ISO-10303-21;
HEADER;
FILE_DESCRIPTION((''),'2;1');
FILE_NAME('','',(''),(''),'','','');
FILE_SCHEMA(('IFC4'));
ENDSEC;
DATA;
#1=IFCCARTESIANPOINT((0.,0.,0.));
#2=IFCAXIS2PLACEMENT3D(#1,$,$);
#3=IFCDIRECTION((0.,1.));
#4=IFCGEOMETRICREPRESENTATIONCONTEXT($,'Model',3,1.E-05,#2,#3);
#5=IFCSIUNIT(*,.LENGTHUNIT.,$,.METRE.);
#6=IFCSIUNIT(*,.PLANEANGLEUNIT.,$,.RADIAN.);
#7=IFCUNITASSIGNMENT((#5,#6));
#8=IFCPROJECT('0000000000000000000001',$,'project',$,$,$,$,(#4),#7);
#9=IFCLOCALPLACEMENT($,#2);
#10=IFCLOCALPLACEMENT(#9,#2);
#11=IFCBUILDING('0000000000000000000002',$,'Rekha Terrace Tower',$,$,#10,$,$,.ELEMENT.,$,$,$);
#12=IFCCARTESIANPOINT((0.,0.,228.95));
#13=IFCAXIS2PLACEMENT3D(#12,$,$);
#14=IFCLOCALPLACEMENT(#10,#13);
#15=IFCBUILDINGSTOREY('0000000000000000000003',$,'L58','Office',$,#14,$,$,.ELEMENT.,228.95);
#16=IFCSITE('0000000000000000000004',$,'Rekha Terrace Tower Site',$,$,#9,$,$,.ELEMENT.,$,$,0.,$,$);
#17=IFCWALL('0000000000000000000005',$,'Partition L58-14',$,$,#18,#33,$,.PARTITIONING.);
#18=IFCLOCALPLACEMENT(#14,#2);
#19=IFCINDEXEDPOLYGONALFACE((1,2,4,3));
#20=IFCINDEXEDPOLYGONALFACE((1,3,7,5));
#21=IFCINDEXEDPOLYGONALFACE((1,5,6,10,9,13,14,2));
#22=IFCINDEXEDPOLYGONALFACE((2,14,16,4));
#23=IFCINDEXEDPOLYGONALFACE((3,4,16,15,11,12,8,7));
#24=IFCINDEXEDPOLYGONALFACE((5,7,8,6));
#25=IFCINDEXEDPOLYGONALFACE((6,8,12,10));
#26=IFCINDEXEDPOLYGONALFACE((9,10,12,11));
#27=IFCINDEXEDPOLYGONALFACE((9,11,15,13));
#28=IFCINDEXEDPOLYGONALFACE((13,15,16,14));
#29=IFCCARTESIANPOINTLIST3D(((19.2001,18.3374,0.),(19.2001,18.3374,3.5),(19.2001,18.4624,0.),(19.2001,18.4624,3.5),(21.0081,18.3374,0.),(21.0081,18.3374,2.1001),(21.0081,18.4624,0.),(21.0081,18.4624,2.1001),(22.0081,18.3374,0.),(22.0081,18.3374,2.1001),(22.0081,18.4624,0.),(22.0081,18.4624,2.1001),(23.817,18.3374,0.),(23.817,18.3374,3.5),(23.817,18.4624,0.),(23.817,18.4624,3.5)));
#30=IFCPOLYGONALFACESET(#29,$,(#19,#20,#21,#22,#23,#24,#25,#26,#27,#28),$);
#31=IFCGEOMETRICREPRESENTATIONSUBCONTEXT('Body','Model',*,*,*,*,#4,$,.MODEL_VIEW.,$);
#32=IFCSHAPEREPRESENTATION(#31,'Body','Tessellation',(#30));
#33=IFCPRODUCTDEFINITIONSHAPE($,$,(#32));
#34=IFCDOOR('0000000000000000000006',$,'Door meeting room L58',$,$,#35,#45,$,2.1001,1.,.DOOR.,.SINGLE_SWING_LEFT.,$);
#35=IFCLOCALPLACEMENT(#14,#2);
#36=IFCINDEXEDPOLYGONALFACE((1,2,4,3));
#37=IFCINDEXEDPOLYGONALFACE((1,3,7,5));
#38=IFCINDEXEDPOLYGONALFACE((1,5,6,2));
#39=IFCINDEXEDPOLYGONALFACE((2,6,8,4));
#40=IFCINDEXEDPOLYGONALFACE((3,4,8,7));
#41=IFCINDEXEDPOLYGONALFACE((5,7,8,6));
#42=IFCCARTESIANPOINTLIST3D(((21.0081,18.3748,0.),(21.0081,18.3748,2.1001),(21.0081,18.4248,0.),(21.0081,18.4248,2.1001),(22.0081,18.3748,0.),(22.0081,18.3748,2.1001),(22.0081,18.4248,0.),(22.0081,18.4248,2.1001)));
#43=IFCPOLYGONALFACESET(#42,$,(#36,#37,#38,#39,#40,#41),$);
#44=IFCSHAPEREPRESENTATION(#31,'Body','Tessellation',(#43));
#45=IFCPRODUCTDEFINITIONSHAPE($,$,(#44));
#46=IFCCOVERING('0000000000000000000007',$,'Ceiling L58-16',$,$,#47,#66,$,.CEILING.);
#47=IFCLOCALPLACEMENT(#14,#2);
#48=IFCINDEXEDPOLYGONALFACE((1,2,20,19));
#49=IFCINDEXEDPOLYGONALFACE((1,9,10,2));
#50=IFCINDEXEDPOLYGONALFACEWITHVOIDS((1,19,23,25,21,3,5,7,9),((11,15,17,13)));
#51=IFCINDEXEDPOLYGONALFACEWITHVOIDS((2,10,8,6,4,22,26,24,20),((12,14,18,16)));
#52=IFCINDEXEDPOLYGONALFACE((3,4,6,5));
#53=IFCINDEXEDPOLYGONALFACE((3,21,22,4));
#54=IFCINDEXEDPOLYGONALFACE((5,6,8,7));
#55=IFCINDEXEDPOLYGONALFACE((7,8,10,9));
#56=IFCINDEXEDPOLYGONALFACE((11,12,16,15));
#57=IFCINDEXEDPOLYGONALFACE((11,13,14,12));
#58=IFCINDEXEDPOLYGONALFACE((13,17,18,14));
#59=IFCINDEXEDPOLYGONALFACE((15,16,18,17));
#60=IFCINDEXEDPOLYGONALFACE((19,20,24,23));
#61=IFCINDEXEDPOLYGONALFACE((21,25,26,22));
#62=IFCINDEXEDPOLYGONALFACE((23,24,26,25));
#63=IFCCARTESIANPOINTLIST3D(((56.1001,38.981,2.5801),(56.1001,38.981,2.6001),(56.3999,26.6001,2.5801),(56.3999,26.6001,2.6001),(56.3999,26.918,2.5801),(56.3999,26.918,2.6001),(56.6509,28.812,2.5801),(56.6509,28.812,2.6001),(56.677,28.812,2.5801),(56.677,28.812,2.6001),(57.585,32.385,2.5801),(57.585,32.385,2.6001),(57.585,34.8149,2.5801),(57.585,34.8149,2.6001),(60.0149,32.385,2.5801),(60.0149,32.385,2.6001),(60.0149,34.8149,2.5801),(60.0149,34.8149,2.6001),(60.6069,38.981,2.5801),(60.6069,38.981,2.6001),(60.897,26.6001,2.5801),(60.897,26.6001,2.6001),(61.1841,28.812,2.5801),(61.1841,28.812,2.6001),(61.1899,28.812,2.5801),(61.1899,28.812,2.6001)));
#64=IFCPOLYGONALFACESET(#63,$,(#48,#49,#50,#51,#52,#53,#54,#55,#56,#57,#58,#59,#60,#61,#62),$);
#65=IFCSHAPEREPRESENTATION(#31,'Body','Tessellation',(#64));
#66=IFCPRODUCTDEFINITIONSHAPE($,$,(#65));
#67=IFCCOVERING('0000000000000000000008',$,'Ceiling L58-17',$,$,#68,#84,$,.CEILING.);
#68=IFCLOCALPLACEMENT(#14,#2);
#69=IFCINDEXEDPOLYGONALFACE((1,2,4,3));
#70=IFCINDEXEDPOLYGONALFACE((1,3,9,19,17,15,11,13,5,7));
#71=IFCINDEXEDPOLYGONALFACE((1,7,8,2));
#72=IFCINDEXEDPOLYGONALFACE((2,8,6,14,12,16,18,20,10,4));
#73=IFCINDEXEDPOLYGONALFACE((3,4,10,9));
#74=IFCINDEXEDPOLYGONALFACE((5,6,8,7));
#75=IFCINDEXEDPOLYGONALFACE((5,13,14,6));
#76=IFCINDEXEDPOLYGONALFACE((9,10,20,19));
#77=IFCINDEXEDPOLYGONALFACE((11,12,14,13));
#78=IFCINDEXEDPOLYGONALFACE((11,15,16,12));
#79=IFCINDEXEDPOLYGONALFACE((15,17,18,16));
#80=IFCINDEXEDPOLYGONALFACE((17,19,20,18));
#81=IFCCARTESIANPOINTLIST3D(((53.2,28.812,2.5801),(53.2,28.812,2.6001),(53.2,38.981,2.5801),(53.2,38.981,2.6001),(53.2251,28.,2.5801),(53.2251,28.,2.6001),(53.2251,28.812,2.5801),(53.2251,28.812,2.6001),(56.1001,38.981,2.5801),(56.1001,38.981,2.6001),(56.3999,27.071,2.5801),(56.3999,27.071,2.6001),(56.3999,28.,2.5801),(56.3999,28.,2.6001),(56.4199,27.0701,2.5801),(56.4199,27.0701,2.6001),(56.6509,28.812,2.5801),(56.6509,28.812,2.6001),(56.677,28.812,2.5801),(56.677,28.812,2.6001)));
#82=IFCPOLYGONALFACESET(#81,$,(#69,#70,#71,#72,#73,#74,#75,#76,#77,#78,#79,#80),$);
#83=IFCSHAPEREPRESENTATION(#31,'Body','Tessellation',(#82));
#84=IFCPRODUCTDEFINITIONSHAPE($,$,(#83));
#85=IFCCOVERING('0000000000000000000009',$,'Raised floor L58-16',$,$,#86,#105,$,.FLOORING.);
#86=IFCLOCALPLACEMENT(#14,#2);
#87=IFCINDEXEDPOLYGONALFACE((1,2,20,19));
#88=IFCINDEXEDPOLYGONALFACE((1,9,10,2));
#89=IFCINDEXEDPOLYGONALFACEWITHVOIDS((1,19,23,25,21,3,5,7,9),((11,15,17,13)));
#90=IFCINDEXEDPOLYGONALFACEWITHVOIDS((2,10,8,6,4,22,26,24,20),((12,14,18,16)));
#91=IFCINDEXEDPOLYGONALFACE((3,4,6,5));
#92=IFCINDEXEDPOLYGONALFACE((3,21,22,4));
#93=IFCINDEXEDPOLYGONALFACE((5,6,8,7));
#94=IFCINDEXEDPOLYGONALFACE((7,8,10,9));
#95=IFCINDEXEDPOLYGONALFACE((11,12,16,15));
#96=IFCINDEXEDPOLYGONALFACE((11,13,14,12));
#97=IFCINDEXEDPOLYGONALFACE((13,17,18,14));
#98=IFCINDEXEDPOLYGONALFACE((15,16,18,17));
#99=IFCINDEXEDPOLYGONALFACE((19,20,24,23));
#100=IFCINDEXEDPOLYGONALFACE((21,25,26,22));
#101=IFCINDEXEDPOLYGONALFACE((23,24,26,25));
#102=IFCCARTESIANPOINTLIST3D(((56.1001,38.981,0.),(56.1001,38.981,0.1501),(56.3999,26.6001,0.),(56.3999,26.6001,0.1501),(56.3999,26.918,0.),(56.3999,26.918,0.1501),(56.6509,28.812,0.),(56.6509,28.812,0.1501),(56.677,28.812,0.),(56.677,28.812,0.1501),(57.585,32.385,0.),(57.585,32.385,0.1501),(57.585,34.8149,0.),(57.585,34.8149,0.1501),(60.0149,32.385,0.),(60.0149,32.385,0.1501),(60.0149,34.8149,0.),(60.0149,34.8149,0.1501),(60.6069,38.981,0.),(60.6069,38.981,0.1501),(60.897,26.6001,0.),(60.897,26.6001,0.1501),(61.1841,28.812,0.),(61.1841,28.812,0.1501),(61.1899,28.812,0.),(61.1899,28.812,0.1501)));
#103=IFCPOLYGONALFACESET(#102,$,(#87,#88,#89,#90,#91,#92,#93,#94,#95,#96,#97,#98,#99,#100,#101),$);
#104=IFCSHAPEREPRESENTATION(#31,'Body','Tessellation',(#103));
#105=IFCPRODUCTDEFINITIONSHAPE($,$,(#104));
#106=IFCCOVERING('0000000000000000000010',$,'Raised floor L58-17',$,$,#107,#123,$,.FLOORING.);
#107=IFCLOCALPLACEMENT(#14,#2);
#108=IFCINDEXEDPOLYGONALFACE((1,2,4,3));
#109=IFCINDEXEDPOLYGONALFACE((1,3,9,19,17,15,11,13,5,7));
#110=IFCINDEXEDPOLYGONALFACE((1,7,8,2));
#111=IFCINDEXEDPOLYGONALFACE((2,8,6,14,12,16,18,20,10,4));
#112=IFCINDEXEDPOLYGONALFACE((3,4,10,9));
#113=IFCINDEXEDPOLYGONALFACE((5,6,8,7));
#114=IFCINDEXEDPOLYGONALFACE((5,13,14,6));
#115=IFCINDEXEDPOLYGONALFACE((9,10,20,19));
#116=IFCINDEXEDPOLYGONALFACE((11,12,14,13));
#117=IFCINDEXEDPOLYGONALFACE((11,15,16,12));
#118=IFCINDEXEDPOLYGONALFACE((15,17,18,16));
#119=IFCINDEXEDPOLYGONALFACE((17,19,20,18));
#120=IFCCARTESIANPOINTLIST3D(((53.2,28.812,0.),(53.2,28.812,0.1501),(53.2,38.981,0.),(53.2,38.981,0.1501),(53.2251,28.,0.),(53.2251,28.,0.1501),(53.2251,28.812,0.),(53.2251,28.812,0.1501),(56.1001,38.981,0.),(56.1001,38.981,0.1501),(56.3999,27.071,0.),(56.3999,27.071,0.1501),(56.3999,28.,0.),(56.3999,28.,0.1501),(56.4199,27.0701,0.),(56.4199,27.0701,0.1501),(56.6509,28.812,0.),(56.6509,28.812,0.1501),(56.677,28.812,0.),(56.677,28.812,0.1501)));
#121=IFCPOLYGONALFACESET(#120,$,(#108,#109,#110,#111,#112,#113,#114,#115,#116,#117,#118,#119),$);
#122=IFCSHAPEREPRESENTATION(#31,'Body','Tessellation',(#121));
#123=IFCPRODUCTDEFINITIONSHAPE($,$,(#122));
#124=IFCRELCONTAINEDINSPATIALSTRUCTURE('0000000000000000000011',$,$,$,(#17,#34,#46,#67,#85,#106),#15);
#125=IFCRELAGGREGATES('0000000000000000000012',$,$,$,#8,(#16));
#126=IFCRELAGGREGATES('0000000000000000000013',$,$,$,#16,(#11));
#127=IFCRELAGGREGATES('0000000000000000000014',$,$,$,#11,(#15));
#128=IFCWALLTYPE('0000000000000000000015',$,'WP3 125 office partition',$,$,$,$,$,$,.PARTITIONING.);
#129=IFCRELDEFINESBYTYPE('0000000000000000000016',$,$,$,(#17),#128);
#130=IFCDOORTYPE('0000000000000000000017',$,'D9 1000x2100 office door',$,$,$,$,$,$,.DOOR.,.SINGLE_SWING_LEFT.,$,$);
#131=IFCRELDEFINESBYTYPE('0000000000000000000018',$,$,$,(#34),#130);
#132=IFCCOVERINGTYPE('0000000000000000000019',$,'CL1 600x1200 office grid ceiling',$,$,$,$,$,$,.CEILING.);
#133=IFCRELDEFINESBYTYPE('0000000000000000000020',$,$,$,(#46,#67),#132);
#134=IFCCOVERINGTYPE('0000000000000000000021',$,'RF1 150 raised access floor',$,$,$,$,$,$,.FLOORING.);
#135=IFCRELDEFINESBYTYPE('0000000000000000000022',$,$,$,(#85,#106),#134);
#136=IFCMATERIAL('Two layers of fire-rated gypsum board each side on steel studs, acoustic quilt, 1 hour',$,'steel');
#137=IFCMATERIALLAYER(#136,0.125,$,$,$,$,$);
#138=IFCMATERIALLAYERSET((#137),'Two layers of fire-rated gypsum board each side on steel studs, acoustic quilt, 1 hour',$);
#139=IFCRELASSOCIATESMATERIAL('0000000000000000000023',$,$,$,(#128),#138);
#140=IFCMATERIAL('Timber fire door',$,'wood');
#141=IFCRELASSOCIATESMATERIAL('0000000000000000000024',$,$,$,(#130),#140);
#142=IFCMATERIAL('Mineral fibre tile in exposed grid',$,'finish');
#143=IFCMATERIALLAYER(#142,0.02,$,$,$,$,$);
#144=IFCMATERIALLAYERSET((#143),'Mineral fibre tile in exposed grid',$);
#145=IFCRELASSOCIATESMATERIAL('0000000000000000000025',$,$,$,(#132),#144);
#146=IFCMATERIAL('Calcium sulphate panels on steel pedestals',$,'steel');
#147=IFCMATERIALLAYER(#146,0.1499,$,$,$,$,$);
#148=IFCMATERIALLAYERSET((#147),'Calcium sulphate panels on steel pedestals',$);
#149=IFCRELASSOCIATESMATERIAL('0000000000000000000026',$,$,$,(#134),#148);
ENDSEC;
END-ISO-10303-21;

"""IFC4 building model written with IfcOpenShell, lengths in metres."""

from ifc_helpers import new_model, si_unit, direction, frame, frame_2d, origin, place, context, subcontext, project, spatial, polyline, rectangle, outline, extrude, material, layer, layer_set, type_object, element, fill, save


model = new_model("IFC4")

# Units and contexts
model_context = context("Model", 3, precision=1e-05, world=origin(), true_north=direction((0.0, 1.0)))
body_context = subcontext(model_context, "Body", "Model", "MODEL_VIEW")
ifc_project = project(units=[si_unit("LENGTHUNIT", "METRE"), si_unit("PLANEANGLEUNIT", "RADIAN")], contexts=[model_context])

# Site, building, storey
site_placement = place(None, origin())
site = spatial("IfcSite", under=ifc_project, at=site_placement, Name="Rekha Terrace Tower Site", CompositionType="ELEMENT", RefElevation=0.0)
building_placement = place(site_placement, origin())
building = spatial("IfcBuilding", under=site, at=building_placement, Name="Rekha Terrace Tower", CompositionType="ELEMENT")
storey_placement = place(building_placement, frame((0.0, 0.0, 228.95)))
storey = spatial("IfcBuildingStorey", under=building, at=storey_placement, Name="L58", Description="Office", CompositionType="ELEMENT", Elevation=228.95)

# Shared definitions
ifc_material_1 = material(Name="Two layers of fire-rated gypsum board each side on steel studs, acoustic quilt, 1 hour", Category="steel")
ifc_layer_1 = layer(ifc_material_1, 0.125)
ifc_layer_set_1 = layer_set([ifc_layer_1], Name="Two layers of fire-rated gypsum board each side on steel studs, acoustic quilt, 1 hour")
wall_type = type_object("IfcWallType", Name="WP3 125 office partition", PredefinedType="PARTITIONING", material=ifc_layer_set_1)

# Wall, opening, door
wall_1_placement = place(storey_placement, frame((19.2, 18.3999, 0.0), z_axis=(0.0, 0.0, 1.0), x_axis=(1.0, 0.0, 0.0)))
wall_1 = element("IfcWall", 1, at=wall_1_placement, inside=storey, type_object=wall_type, Name="Partition L58-14", PredefinedType="PARTITIONING", context=body_context, shape_type="SweptSolid", body=[
    extrude(rectangle(XDim=4.6169, YDim=0.125, at=frame_2d((2.3086, 0.0))), origin(), (0.0, 0.0, 1.0), 3.5),
])
opening_placement = place(wall_1_placement, frame((1.8081, 0.0, 0.0)))
opening = element("IfcOpeningElement", 2, at=opening_placement, cuts=wall_1, PredefinedType="OPENING", context=body_context, shape_type="SweptSolid", body=[
    extrude(rectangle(XDim=1.0, YDim=2.1001, at=frame_2d((0.5, 1.05))), frame((0.0, 0.0725, 0.0), z_axis=(0.0, -1.0, 0.0), x_axis=(1.0, 0.0, 0.0)), (0.0, 0.0, 1.0), 0.145),
])
ifc_material_2 = material(Name="Timber fire door", Category="wood")
door_type = type_object("IfcDoorType", Name="D9 1000x2100 office door", OperationType="SINGLE_SWING_LEFT", PredefinedType="DOOR", material=ifc_material_2)
door_placement = place(opening_placement, origin())
door = element("IfcDoor", 3, at=door_placement, inside=storey, type_object=door_type, Name="Door meeting room L58", OperationType="SINGLE_SWING_LEFT", OverallHeight=2.1001, OverallWidth=1.0, PredefinedType="DOOR", context=body_context, shape_type="SweptSolid", body=[
    extrude(rectangle(XDim=1.0, YDim=2.1001, at=frame_2d((0.5, 1.05))), frame((0.0, 0.0249, 0.0), z_axis=(0.0, -1.0, 0.0), x_axis=(1.0, 0.0, 0.0)), (0.0, 0.0, 1.0), 0.05),
])
fill(opening, door)

# Coverings
ifc_material_3 = material(Name="Mineral fibre tile in exposed grid", Category="finish")
ifc_layer_2 = layer(ifc_material_3, 0.02)
ifc_layer_set_2 = layer_set([ifc_layer_2], Name="Mineral fibre tile in exposed grid")
covering_type_1 = type_object("IfcCoveringType", Name="CL1 600x1200 office grid ceiling", PredefinedType="CEILING", material=ifc_layer_set_2)
covering_1_placement = place(storey_placement, frame((0.0, 0.0, 2.5801)))
element("IfcCovering", 4, at=covering_1_placement, inside=storey, type_object=covering_type_1, Name="Ceiling L58-16", PredefinedType="CEILING", context=body_context, shape_type="SweptSolid", body=[
    extrude(outline(polyline([(56.1001, 38.981), (56.677, 28.812), (56.6509, 28.812), (56.3999, 26.918), (56.3999, 26.6001), (60.897, 26.6001), (61.1899, 28.812), (61.1841, 28.812), (60.6069, 38.981), (56.1001, 38.981)]), holes=[polyline([(60.0149, 34.8149), (60.0149, 32.385), (57.585, 32.385), (57.585, 34.8149), (60.0149, 34.8149)])]), origin(), (0.0, 0.0, 1.0), 0.02),
])
covering_2_placement = place(storey_placement, frame((0.0, 0.0, 2.5801)))
element("IfcCovering", 5, at=covering_2_placement, inside=storey, type_object=covering_type_1, Name="Ceiling L58-17", PredefinedType="CEILING", context=body_context, shape_type="SweptSolid", body=[
    extrude(outline(polyline([(56.6509, 28.812), (56.677, 28.812), (56.1001, 38.981), (53.2, 38.981), (53.2, 28.812), (53.2251, 28.812), (53.2251, 28.0), (56.3999, 28.0), (56.3999, 27.071), (56.4199, 27.0701), (56.6509, 28.812)])), origin(), (0.0, 0.0, 1.0), 0.02),
])
ifc_material_4 = material(Name="Calcium sulphate panels on steel pedestals", Category="steel")
ifc_layer_3 = layer(ifc_material_4, 0.1499)
ifc_layer_set_3 = layer_set([ifc_layer_3], Name="Calcium sulphate panels on steel pedestals")
covering_type_2 = type_object("IfcCoveringType", Name="RF1 150 raised access floor", PredefinedType="FLOORING", material=ifc_layer_set_3)
covering_3_placement = place(storey_placement, origin())
element("IfcCovering", 6, at=covering_3_placement, inside=storey, type_object=covering_type_2, Name="Raised floor L58-16", PredefinedType="FLOORING", context=body_context, shape_type="SweptSolid", body=[
    extrude(outline(polyline([(56.1001, 38.981), (56.677, 28.812), (56.6509, 28.812), (56.3999, 26.918), (56.3999, 26.6001), (60.897, 26.6001), (61.1899, 28.812), (61.1841, 28.812), (60.6069, 38.981), (56.1001, 38.981)]), holes=[polyline([(60.0149, 34.8149), (60.0149, 32.385), (57.585, 32.385), (57.585, 34.8149), (60.0149, 34.8149)])]), origin(), (0.0, 0.0, 1.0), 0.1501),
])
covering_4_placement = place(storey_placement, origin())
element("IfcCovering", 7, at=covering_4_placement, inside=storey, type_object=covering_type_2, Name="Raised floor L58-17", PredefinedType="FLOORING", context=body_context, shape_type="SweptSolid", body=[
    extrude(outline(polyline([(56.6509, 28.812), (56.677, 28.812), (56.1001, 38.981), (53.2, 38.981), (53.2, 28.812), (53.2251, 28.812), (53.2251, 28.0), (56.3999, 28.0), (56.3999, 27.071), (56.4199, 27.0701), (56.6509, 28.812)])), origin(), (0.0, 0.0, 1.0), 0.1501),
])

save(model, "model.ifc")
